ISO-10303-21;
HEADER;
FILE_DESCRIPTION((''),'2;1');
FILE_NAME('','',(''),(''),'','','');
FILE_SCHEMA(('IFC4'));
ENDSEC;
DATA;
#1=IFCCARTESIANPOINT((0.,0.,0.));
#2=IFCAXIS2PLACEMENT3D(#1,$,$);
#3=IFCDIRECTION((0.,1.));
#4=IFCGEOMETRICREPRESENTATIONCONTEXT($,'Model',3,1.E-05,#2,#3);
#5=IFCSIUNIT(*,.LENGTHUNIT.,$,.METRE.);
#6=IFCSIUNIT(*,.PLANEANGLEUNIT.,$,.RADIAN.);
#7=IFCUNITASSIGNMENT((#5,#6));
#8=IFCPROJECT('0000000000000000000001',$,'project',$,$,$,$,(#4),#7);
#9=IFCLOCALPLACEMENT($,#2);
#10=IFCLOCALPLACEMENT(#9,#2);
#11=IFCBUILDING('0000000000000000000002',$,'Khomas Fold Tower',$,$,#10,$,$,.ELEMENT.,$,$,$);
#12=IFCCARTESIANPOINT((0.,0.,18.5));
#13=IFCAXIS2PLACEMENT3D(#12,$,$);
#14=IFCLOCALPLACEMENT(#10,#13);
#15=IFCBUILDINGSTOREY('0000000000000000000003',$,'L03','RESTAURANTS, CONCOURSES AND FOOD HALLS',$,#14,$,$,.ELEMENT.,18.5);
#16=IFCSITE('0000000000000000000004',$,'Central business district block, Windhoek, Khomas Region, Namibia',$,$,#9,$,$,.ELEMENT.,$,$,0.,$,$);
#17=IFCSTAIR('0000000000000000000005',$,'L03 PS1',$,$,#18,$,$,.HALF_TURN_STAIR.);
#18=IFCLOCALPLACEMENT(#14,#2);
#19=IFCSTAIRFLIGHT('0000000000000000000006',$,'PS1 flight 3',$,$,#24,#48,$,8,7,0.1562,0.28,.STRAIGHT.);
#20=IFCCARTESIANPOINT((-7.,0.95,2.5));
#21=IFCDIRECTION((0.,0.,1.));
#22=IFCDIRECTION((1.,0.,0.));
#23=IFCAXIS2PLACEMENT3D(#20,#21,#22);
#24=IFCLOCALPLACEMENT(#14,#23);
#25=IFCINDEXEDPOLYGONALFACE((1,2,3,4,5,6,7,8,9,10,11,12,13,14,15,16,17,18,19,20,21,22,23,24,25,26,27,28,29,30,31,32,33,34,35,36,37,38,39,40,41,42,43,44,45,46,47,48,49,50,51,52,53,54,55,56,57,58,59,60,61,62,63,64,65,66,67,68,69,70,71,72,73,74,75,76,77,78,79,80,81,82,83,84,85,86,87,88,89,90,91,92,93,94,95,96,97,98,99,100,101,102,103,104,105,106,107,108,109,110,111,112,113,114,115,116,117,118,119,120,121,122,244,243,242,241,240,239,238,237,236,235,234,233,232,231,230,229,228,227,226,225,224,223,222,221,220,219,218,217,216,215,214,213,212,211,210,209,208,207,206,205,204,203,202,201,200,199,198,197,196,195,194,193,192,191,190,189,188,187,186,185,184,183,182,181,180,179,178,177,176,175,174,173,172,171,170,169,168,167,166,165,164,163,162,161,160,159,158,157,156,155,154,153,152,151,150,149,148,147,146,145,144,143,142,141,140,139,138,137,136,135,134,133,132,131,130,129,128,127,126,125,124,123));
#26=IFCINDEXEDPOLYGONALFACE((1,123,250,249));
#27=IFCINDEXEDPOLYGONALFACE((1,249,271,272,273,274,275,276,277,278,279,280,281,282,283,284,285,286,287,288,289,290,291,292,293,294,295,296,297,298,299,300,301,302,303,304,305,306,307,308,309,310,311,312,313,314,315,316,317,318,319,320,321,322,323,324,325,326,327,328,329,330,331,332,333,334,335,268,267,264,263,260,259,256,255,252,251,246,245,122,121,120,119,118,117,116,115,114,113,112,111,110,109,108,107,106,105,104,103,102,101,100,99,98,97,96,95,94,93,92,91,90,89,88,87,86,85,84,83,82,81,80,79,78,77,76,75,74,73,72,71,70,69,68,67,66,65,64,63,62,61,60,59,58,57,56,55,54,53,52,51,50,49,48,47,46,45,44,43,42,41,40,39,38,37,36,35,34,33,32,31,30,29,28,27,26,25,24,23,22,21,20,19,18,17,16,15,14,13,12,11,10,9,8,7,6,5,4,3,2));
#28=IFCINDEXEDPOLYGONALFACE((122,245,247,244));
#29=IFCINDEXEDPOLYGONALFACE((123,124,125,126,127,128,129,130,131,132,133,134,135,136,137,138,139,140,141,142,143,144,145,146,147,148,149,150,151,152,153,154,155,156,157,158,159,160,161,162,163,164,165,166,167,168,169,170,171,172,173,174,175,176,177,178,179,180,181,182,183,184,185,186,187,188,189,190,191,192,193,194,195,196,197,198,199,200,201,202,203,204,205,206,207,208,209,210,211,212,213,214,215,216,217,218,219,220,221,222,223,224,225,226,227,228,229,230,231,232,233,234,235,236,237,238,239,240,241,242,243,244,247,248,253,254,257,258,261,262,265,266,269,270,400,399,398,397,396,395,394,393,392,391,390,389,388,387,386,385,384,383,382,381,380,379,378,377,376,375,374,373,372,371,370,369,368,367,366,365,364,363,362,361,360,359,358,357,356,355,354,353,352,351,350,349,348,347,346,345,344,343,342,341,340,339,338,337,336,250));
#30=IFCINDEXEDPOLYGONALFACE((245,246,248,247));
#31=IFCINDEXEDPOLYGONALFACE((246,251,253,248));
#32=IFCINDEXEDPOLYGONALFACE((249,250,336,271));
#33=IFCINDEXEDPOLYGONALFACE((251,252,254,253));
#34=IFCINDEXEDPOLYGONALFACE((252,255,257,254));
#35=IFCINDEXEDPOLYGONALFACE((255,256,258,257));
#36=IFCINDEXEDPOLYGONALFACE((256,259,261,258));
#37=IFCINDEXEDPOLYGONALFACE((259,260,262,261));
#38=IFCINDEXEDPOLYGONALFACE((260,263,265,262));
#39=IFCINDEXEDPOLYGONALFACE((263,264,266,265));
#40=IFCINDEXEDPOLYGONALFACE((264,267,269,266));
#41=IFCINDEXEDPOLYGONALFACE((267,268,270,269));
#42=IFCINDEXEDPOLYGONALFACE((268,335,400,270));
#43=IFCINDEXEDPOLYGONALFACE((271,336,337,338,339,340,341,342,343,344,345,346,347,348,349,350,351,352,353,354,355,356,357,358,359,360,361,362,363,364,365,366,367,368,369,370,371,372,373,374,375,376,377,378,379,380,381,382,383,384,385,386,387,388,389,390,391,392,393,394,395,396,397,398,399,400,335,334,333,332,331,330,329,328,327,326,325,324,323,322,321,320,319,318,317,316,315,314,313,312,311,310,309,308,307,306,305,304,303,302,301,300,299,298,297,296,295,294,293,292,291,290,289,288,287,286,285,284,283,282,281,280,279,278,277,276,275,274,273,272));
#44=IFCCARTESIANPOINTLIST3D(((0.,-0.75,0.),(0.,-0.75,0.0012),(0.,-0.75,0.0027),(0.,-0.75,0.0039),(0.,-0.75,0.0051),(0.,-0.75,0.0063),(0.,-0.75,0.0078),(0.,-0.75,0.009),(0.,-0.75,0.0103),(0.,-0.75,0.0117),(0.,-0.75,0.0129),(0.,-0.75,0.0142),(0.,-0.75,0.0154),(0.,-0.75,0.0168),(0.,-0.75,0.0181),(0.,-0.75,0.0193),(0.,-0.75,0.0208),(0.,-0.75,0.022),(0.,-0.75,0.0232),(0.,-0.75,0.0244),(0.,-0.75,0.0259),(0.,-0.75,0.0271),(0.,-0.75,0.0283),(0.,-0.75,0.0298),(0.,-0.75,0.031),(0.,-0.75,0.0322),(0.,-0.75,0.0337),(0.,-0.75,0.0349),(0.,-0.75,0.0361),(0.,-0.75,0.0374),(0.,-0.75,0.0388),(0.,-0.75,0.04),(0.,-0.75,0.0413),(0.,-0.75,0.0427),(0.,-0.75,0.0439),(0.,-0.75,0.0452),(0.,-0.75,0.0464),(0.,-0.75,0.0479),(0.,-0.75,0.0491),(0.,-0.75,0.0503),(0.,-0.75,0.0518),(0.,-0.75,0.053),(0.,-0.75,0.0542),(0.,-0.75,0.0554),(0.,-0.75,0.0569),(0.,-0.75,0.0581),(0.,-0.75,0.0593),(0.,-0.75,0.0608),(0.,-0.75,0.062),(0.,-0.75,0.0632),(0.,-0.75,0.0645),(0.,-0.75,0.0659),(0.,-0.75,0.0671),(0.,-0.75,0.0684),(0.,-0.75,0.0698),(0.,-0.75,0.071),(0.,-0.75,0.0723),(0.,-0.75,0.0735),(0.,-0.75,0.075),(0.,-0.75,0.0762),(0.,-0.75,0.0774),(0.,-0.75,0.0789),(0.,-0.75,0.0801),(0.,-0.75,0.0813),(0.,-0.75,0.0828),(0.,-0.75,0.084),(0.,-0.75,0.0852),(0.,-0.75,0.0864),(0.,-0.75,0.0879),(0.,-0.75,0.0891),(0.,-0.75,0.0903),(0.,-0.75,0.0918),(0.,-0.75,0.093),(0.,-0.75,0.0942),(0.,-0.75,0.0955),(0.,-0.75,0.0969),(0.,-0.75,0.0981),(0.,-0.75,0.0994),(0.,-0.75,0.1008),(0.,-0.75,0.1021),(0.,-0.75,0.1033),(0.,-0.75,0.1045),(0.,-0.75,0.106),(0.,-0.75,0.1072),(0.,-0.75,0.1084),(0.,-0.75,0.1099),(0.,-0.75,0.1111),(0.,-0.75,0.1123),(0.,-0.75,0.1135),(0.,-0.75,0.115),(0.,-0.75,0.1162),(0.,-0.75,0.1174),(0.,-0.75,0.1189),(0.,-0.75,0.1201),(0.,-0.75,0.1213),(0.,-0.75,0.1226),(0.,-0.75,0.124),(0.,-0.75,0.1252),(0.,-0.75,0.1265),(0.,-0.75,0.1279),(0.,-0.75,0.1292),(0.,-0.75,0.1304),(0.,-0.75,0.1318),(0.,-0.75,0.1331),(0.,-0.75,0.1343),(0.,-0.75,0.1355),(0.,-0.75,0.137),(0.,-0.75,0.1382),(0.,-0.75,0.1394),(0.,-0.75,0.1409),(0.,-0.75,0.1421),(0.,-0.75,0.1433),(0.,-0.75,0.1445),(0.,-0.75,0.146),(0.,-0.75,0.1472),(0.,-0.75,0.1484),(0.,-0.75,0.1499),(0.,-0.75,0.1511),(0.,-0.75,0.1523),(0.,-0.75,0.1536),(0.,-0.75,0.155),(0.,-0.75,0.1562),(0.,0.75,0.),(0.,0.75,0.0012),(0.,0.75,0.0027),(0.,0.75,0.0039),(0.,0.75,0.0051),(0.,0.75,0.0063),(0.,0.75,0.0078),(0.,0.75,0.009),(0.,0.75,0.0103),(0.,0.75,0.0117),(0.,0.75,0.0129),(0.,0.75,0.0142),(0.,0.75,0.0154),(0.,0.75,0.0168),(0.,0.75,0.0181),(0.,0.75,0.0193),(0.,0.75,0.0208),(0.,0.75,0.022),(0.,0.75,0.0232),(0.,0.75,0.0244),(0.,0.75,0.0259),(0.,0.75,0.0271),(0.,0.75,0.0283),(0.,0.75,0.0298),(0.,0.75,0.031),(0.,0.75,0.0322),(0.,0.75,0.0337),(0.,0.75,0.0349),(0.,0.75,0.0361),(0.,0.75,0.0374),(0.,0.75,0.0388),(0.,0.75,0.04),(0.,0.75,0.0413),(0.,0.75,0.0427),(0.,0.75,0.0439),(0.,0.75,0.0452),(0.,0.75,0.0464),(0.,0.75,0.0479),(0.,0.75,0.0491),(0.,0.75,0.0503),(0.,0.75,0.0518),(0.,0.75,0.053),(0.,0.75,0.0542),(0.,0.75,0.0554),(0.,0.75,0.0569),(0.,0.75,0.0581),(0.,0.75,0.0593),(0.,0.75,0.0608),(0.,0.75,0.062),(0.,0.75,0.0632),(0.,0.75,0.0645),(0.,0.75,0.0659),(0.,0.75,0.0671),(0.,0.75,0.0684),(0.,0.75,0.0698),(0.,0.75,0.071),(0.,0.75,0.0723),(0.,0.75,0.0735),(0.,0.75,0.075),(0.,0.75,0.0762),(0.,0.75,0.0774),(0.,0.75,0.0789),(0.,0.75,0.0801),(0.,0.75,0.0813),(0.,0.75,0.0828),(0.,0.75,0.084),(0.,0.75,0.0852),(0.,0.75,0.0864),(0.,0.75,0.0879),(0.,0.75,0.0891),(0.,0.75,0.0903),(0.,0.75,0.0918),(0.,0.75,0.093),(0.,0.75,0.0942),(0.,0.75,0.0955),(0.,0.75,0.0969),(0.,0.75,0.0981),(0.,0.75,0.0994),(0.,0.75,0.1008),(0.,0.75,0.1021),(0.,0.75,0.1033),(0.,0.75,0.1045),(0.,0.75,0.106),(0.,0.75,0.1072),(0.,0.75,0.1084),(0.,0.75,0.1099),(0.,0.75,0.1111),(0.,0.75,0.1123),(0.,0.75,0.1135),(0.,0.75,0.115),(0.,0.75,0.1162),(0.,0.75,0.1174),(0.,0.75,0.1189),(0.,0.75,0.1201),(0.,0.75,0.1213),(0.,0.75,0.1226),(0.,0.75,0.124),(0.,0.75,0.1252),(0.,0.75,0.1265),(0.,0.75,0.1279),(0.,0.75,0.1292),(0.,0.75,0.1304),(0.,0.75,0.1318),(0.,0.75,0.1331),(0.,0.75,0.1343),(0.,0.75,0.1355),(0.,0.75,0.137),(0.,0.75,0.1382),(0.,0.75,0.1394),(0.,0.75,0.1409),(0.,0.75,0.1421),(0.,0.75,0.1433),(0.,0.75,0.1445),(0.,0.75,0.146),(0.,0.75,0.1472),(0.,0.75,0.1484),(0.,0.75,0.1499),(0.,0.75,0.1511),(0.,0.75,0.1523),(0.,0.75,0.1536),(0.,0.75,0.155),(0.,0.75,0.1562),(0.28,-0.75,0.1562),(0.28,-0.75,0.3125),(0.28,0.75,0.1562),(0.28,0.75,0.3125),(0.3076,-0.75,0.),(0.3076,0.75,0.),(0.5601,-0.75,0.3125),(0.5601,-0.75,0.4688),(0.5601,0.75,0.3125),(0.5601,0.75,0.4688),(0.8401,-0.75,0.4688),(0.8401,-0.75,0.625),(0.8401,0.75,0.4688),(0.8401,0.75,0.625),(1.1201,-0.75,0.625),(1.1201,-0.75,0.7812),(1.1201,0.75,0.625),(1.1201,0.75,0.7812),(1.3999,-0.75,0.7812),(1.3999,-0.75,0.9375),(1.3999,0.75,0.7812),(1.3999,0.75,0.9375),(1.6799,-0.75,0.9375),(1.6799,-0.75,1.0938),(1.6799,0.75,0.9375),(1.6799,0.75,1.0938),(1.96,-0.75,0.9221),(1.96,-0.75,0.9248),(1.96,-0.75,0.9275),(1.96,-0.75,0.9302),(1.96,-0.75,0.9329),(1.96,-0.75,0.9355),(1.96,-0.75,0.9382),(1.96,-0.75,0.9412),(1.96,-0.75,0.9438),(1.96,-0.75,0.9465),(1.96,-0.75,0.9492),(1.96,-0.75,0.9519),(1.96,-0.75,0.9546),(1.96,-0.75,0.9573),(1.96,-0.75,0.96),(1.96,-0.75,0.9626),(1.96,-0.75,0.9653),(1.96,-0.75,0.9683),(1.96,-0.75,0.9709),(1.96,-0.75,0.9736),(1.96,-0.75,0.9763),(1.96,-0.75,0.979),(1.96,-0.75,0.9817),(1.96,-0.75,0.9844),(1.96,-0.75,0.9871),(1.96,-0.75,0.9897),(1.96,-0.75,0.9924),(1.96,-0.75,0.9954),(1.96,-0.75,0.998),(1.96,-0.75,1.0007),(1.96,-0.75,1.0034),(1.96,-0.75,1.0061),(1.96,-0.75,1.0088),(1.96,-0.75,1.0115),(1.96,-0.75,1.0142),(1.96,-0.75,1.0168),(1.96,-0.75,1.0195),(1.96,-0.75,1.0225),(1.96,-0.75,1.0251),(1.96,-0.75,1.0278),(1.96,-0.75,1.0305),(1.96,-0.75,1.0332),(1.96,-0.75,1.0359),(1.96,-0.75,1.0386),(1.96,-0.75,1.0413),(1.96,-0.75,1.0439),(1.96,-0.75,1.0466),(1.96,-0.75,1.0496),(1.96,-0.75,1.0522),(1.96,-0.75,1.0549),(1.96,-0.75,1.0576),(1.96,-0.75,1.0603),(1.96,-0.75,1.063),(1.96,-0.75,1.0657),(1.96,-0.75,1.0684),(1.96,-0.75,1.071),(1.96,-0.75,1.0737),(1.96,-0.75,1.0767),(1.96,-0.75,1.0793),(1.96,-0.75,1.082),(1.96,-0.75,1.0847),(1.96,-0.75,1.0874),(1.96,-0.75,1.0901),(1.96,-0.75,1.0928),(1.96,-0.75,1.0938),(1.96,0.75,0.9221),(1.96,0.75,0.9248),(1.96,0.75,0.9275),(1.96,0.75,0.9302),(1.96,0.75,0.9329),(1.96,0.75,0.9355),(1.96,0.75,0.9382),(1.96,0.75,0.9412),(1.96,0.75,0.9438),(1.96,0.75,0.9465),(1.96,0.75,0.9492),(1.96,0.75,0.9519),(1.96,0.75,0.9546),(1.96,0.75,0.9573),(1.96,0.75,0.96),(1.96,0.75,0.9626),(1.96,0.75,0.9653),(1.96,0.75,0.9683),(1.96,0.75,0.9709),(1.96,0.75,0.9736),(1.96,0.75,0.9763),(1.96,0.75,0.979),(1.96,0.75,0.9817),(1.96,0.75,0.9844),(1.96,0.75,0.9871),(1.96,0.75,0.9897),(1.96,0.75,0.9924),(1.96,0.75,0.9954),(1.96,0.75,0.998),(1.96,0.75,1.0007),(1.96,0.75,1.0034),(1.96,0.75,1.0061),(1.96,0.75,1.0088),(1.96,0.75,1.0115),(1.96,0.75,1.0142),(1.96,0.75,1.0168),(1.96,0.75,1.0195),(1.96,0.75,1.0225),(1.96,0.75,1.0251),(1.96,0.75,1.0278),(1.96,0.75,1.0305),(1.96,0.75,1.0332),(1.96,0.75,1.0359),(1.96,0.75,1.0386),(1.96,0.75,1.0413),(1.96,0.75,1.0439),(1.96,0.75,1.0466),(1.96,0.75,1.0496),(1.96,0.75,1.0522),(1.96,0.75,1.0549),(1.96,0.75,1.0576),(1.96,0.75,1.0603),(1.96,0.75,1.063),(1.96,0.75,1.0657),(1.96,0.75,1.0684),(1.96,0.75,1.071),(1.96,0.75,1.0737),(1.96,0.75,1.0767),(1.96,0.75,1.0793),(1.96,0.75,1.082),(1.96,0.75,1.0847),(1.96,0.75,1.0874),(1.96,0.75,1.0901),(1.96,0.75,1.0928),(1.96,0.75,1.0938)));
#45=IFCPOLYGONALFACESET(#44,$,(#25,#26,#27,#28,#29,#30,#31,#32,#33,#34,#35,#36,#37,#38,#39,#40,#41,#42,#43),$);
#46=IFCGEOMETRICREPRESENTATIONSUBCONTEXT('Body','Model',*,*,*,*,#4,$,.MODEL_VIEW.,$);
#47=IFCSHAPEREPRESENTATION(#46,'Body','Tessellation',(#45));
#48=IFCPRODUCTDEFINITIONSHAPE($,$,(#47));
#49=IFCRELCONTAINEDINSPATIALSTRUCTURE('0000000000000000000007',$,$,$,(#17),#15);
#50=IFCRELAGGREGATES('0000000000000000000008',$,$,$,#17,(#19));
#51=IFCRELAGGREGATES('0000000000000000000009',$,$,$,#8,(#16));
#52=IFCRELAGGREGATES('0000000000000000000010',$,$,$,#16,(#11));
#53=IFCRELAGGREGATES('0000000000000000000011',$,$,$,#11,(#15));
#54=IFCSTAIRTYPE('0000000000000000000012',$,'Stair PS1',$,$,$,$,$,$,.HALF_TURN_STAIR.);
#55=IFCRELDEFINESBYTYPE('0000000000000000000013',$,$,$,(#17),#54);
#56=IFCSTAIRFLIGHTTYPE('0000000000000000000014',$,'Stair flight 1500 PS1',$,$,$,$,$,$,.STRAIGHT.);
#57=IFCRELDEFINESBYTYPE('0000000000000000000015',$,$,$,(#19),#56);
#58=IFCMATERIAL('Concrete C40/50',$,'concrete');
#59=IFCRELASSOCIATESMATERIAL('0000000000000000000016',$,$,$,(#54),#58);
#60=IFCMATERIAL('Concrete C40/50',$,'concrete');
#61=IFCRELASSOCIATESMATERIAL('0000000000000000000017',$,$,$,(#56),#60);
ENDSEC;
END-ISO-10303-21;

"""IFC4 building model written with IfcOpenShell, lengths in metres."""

from ifc_helpers import new_model, si_unit, direction, frame, origin, place, context, subcontext, project, spatial, polyline, outline, extrude, source, transform, mapped, material, type_object, element, aggregate, save


model = new_model("IFC4")

# Units and contexts
model_context = context("Model", 3, precision=1e-05, world=origin(), true_north=direction((0.0, 1.0)))
body_context = subcontext(model_context, "Body", "Model", "MODEL_VIEW")
ifc_project = project(units=[si_unit("LENGTHUNIT", "METRE"), si_unit("PLANEANGLEUNIT", "RADIAN")], contexts=[model_context])

# Site, building, storey
site_placement = place(None, origin())
site = spatial("IfcSite", under=ifc_project, at=site_placement, Name="Central business district block, Windhoek, Khomas Region, Namibia", CompositionType="ELEMENT", RefElevation=0.0)
building_placement = place(site_placement, origin())
building = spatial("IfcBuilding", under=site, at=building_placement, Name="Khomas Fold Tower", CompositionType="ELEMENT")
storey_placement = place(building_placement, frame((0.0, 0.0, 18.5)))
storey = spatial("IfcBuildingStorey", under=building, at=storey_placement, Name="L03", Description="RESTAURANTS, CONCOURSES AND FOOD HALLS", CompositionType="ELEMENT", Elevation=18.5)

# Stair, stair flight
ifc_material_1 = material(Name="Concrete C40/50", Category="concrete")
stair_type = type_object("IfcStairType", Name="Stair PS1", PredefinedType="HALF_TURN_STAIR", material=ifc_material_1)
stair_placement = place(storey_placement, origin())
stair = element("IfcStair", 1, at=stair_placement, inside=storey, type_object=stair_type, Name="L03 PS1", PredefinedType="HALF_TURN_STAIR")
ifc_material_2 = material(Name="Concrete C40/50", Category="concrete")
stair_flight_type = type_object("IfcStairFlightType", Name="Stair flight 1500 PS1", PredefinedType="STRAIGHT", material=ifc_material_2)
shared_shape_1 = source(origin(), body_context, "Body", "SweptSolid", [
    extrude(outline(polyline([(0.0, 0.0), (0.0, 0.0012), (0.0, 0.0027), (0.0, 0.0039), (0.0, 0.0051), (0.0, 0.0063), (0.0, 0.0078), (0.0, 0.009), (0.0, 0.0103), (0.0, 0.0117), (0.0, 0.0129), (0.0, 0.0142), (0.0, 0.0154), (0.0, 0.0168), (0.0, 0.0181), (0.0, 0.0193), (0.0, 0.0208), (0.0, 0.022), (0.0, 0.0232), (0.0, 0.0244), (0.0, 0.0259), (0.0, 0.0271), (0.0, 0.0283), (0.0, 0.0298), (0.0, 0.031), (0.0, 0.0322), (0.0, 0.0337), (0.0, 0.0349), (0.0, 0.0361), (0.0, 0.0374), (0.0, 0.0388), (0.0, 0.04), (0.0, 0.0413), (0.0, 0.0427), (0.0, 0.0439), (0.0, 0.0452), (0.0, 0.0464), (0.0, 0.0479), (0.0, 0.0491), (0.0, 0.0503), (0.0, 0.0518), (0.0, 0.053), (0.0, 0.0542), (0.0, 0.0554), (0.0, 0.0569), (0.0, 0.0581), (0.0, 0.0593), (0.0, 0.0608), (0.0, 0.062), (0.0, 0.0632), (0.0, 0.0645), (0.0, 0.0659), (0.0, 0.0671), (0.0, 0.0684), (0.0, 0.0698), (0.0, 0.071), (0.0, 0.0723), (0.0, 0.0735), (0.0, 0.075), (0.0, 0.0762), (0.0, 0.0774), (0.0, 0.0789), (0.0, 0.0801), (0.0, 0.0813), (0.0, 0.0828), (0.0, 0.084), (0.0, 0.0852), (0.0, 0.0864), (0.0, 0.0879), (0.0, 0.0891), (0.0, 0.0903), (0.0, 0.0918), (0.0, 0.093), (0.0, 0.0942), (0.0, 0.0955), (0.0, 0.0969), (0.0, 0.0981), (0.0, 0.0994), (0.0, 0.1008), (0.0, 0.1021), (0.0, 0.1033), (0.0, 0.1045), (0.0, 0.106), (0.0, 0.1072), (0.0, 0.1084), (0.0, 0.1099), (0.0, 0.1111), (0.0, 0.1123), (0.0, 0.1135), (0.0, 0.115), (0.0, 0.1162), (0.0, 0.1174), (0.0, 0.1189), (0.0, 0.1201), (0.0, 0.1213), (0.0, 0.1226), (0.0, 0.124), (0.0, 0.1252), (0.0, 0.1265), (0.0, 0.1279), (0.0, 0.1292), (0.0, 0.1304), (0.0, 0.1318), (0.0, 0.1331), (0.0, 0.1343), (0.0, 0.1355), (0.0, 0.137), (0.0, 0.1382), (0.0, 0.1394), (0.0, 0.1409), (0.0, 0.1421), (0.0, 0.1433), (0.0, 0.1445), (0.0, 0.146), (0.0, 0.1472), (0.0, 0.1484), (0.0, 0.1499), (0.0, 0.1511), (0.0, 0.1523), (0.0, 0.1536), (0.0, 0.155), (0.0, 0.1562), (0.28, 0.1562), (0.28, 0.3125), (0.5601, 0.3125), (0.5601, 0.4688), (0.8401, 0.4688), (0.8401, 0.625), (1.1201, 0.625), (1.1201, 0.7812), (1.3999, 0.7812), (1.3999, 0.9375), (1.6799, 0.9375), (1.6799, 1.0938), (1.96, 1.0938), (1.96, 1.25), (1.96, 1.2473), (1.96, 1.2446), (1.96, 1.2419), (1.96, 1.2393), (1.96, 1.2363), (1.96, 1.2336), (1.96, 1.231), (1.96, 1.2283), (1.96, 1.2256), (1.96, 1.2229), (1.96, 1.2202), (1.96, 1.2175), (1.96, 1.2148), (1.96, 1.2122), (1.96, 1.2092), (1.96, 1.2065), (1.96, 1.2039), (1.96, 1.2012), (1.96, 1.1985), (1.96, 1.1958), (1.96, 1.1931), (1.96, 1.1904), (1.96, 1.1877), (1.96, 1.1851), (1.96, 1.1821), (1.96, 1.1794), (1.96, 1.1768), (1.96, 1.1741), (1.96, 1.1714), (1.96, 1.1687), (1.96, 1.166), (1.96, 1.1633), (1.96, 1.1606), (1.96, 1.158), (1.96, 1.155), (1.96, 1.1523), (1.96, 1.1497), (1.96, 1.147), (1.96, 1.1443), (1.96, 1.1416), (1.96, 1.1389), (1.96, 1.1362), (1.96, 1.1335), (1.96, 1.1309), (1.96, 1.1279), (1.96, 1.1252), (1.96, 1.1226), (1.96, 1.1199), (1.96, 1.1172), (1.96, 1.1145), (1.96, 1.1118), (1.96, 1.1091), (1.96, 1.1064), (1.96, 1.1038), (1.96, 1.1008), (1.96, 1.0981), (1.96, 1.0955), (1.96, 1.0928), (1.96, 1.0901), (1.96, 1.0874), (1.96, 1.0847), (1.96, 1.082), (1.96, 1.0793), (1.96, 1.0767), (1.96, 1.0737), (1.96, 1.071), (1.96, 1.0684), (1.96, 1.0657), (1.96, 1.063), (1.96, 1.0603), (1.96, 1.0576), (1.96, 1.0549), (1.96, 1.0522), (1.96, 1.0496), (1.96, 1.0466), (1.96, 1.0439), (1.96, 1.0413), (1.96, 1.0386), (1.96, 1.0359), (1.96, 1.0332), (1.96, 1.0305), (1.96, 1.0278), (1.96, 1.0251), (1.96, 1.0225), (1.96, 1.0195), (1.96, 1.0168), (1.96, 1.0142), (1.96, 1.0115), (1.96, 1.0088), (1.96, 1.0061), (1.96, 1.0034), (1.96, 1.0007), (1.96, 0.998), (1.96, 0.9954), (1.96, 0.9924), (1.96, 0.9897), (1.96, 0.9871), (1.96, 0.9844), (1.96, 0.9817), (1.96, 0.979), (1.96, 0.9763), (1.96, 0.9736), (1.96, 0.9709), (1.96, 0.9683), (1.96, 0.9653), (1.96, 0.9626), (1.96, 0.96), (1.96, 0.9573), (1.96, 0.9546), (1.96, 0.9519), (1.96, 0.9492), (1.96, 0.9465), (1.96, 0.9438), (1.96, 0.9412), (1.96, 0.9382), (1.96, 0.9355), (1.96, 0.9329), (1.96, 0.9302), (1.96, 0.9275), (1.96, 0.9248), (1.96, 0.9221), (0.3076, 0.0), (0.0, 0.0)])), frame((0.0, 0.75, 0.0), z_axis=(0.0, -1.0, 0.0), x_axis=(1.0, 0.0, 0.0)), (0.0, 0.0, 1.0), 1.5),
])
stair_flight_1_placement = place(storey_placement, frame((-7.0, 0.95, 2.5), z_axis=(0.0, 0.0, 1.0), x_axis=(1.0, 0.0, 0.0)))
stair_flight_1 = element("IfcStairFlight", 2, at=stair_flight_1_placement, type_object=stair_flight_type, Name="PS1 flight 3", NumberOfRisers=8, NumberOfTreads=7, PredefinedType="STRAIGHT", RiserHeight=0.1562, TreadLength=0.28, context=body_context, shape_type="MappedRepresentation", body=[
    mapped(shared_shape_1, transform((0.0, 0.0, 0.0))),
])
aggregate(stair, [stair_flight_1])

save(model, "model.ifc")
